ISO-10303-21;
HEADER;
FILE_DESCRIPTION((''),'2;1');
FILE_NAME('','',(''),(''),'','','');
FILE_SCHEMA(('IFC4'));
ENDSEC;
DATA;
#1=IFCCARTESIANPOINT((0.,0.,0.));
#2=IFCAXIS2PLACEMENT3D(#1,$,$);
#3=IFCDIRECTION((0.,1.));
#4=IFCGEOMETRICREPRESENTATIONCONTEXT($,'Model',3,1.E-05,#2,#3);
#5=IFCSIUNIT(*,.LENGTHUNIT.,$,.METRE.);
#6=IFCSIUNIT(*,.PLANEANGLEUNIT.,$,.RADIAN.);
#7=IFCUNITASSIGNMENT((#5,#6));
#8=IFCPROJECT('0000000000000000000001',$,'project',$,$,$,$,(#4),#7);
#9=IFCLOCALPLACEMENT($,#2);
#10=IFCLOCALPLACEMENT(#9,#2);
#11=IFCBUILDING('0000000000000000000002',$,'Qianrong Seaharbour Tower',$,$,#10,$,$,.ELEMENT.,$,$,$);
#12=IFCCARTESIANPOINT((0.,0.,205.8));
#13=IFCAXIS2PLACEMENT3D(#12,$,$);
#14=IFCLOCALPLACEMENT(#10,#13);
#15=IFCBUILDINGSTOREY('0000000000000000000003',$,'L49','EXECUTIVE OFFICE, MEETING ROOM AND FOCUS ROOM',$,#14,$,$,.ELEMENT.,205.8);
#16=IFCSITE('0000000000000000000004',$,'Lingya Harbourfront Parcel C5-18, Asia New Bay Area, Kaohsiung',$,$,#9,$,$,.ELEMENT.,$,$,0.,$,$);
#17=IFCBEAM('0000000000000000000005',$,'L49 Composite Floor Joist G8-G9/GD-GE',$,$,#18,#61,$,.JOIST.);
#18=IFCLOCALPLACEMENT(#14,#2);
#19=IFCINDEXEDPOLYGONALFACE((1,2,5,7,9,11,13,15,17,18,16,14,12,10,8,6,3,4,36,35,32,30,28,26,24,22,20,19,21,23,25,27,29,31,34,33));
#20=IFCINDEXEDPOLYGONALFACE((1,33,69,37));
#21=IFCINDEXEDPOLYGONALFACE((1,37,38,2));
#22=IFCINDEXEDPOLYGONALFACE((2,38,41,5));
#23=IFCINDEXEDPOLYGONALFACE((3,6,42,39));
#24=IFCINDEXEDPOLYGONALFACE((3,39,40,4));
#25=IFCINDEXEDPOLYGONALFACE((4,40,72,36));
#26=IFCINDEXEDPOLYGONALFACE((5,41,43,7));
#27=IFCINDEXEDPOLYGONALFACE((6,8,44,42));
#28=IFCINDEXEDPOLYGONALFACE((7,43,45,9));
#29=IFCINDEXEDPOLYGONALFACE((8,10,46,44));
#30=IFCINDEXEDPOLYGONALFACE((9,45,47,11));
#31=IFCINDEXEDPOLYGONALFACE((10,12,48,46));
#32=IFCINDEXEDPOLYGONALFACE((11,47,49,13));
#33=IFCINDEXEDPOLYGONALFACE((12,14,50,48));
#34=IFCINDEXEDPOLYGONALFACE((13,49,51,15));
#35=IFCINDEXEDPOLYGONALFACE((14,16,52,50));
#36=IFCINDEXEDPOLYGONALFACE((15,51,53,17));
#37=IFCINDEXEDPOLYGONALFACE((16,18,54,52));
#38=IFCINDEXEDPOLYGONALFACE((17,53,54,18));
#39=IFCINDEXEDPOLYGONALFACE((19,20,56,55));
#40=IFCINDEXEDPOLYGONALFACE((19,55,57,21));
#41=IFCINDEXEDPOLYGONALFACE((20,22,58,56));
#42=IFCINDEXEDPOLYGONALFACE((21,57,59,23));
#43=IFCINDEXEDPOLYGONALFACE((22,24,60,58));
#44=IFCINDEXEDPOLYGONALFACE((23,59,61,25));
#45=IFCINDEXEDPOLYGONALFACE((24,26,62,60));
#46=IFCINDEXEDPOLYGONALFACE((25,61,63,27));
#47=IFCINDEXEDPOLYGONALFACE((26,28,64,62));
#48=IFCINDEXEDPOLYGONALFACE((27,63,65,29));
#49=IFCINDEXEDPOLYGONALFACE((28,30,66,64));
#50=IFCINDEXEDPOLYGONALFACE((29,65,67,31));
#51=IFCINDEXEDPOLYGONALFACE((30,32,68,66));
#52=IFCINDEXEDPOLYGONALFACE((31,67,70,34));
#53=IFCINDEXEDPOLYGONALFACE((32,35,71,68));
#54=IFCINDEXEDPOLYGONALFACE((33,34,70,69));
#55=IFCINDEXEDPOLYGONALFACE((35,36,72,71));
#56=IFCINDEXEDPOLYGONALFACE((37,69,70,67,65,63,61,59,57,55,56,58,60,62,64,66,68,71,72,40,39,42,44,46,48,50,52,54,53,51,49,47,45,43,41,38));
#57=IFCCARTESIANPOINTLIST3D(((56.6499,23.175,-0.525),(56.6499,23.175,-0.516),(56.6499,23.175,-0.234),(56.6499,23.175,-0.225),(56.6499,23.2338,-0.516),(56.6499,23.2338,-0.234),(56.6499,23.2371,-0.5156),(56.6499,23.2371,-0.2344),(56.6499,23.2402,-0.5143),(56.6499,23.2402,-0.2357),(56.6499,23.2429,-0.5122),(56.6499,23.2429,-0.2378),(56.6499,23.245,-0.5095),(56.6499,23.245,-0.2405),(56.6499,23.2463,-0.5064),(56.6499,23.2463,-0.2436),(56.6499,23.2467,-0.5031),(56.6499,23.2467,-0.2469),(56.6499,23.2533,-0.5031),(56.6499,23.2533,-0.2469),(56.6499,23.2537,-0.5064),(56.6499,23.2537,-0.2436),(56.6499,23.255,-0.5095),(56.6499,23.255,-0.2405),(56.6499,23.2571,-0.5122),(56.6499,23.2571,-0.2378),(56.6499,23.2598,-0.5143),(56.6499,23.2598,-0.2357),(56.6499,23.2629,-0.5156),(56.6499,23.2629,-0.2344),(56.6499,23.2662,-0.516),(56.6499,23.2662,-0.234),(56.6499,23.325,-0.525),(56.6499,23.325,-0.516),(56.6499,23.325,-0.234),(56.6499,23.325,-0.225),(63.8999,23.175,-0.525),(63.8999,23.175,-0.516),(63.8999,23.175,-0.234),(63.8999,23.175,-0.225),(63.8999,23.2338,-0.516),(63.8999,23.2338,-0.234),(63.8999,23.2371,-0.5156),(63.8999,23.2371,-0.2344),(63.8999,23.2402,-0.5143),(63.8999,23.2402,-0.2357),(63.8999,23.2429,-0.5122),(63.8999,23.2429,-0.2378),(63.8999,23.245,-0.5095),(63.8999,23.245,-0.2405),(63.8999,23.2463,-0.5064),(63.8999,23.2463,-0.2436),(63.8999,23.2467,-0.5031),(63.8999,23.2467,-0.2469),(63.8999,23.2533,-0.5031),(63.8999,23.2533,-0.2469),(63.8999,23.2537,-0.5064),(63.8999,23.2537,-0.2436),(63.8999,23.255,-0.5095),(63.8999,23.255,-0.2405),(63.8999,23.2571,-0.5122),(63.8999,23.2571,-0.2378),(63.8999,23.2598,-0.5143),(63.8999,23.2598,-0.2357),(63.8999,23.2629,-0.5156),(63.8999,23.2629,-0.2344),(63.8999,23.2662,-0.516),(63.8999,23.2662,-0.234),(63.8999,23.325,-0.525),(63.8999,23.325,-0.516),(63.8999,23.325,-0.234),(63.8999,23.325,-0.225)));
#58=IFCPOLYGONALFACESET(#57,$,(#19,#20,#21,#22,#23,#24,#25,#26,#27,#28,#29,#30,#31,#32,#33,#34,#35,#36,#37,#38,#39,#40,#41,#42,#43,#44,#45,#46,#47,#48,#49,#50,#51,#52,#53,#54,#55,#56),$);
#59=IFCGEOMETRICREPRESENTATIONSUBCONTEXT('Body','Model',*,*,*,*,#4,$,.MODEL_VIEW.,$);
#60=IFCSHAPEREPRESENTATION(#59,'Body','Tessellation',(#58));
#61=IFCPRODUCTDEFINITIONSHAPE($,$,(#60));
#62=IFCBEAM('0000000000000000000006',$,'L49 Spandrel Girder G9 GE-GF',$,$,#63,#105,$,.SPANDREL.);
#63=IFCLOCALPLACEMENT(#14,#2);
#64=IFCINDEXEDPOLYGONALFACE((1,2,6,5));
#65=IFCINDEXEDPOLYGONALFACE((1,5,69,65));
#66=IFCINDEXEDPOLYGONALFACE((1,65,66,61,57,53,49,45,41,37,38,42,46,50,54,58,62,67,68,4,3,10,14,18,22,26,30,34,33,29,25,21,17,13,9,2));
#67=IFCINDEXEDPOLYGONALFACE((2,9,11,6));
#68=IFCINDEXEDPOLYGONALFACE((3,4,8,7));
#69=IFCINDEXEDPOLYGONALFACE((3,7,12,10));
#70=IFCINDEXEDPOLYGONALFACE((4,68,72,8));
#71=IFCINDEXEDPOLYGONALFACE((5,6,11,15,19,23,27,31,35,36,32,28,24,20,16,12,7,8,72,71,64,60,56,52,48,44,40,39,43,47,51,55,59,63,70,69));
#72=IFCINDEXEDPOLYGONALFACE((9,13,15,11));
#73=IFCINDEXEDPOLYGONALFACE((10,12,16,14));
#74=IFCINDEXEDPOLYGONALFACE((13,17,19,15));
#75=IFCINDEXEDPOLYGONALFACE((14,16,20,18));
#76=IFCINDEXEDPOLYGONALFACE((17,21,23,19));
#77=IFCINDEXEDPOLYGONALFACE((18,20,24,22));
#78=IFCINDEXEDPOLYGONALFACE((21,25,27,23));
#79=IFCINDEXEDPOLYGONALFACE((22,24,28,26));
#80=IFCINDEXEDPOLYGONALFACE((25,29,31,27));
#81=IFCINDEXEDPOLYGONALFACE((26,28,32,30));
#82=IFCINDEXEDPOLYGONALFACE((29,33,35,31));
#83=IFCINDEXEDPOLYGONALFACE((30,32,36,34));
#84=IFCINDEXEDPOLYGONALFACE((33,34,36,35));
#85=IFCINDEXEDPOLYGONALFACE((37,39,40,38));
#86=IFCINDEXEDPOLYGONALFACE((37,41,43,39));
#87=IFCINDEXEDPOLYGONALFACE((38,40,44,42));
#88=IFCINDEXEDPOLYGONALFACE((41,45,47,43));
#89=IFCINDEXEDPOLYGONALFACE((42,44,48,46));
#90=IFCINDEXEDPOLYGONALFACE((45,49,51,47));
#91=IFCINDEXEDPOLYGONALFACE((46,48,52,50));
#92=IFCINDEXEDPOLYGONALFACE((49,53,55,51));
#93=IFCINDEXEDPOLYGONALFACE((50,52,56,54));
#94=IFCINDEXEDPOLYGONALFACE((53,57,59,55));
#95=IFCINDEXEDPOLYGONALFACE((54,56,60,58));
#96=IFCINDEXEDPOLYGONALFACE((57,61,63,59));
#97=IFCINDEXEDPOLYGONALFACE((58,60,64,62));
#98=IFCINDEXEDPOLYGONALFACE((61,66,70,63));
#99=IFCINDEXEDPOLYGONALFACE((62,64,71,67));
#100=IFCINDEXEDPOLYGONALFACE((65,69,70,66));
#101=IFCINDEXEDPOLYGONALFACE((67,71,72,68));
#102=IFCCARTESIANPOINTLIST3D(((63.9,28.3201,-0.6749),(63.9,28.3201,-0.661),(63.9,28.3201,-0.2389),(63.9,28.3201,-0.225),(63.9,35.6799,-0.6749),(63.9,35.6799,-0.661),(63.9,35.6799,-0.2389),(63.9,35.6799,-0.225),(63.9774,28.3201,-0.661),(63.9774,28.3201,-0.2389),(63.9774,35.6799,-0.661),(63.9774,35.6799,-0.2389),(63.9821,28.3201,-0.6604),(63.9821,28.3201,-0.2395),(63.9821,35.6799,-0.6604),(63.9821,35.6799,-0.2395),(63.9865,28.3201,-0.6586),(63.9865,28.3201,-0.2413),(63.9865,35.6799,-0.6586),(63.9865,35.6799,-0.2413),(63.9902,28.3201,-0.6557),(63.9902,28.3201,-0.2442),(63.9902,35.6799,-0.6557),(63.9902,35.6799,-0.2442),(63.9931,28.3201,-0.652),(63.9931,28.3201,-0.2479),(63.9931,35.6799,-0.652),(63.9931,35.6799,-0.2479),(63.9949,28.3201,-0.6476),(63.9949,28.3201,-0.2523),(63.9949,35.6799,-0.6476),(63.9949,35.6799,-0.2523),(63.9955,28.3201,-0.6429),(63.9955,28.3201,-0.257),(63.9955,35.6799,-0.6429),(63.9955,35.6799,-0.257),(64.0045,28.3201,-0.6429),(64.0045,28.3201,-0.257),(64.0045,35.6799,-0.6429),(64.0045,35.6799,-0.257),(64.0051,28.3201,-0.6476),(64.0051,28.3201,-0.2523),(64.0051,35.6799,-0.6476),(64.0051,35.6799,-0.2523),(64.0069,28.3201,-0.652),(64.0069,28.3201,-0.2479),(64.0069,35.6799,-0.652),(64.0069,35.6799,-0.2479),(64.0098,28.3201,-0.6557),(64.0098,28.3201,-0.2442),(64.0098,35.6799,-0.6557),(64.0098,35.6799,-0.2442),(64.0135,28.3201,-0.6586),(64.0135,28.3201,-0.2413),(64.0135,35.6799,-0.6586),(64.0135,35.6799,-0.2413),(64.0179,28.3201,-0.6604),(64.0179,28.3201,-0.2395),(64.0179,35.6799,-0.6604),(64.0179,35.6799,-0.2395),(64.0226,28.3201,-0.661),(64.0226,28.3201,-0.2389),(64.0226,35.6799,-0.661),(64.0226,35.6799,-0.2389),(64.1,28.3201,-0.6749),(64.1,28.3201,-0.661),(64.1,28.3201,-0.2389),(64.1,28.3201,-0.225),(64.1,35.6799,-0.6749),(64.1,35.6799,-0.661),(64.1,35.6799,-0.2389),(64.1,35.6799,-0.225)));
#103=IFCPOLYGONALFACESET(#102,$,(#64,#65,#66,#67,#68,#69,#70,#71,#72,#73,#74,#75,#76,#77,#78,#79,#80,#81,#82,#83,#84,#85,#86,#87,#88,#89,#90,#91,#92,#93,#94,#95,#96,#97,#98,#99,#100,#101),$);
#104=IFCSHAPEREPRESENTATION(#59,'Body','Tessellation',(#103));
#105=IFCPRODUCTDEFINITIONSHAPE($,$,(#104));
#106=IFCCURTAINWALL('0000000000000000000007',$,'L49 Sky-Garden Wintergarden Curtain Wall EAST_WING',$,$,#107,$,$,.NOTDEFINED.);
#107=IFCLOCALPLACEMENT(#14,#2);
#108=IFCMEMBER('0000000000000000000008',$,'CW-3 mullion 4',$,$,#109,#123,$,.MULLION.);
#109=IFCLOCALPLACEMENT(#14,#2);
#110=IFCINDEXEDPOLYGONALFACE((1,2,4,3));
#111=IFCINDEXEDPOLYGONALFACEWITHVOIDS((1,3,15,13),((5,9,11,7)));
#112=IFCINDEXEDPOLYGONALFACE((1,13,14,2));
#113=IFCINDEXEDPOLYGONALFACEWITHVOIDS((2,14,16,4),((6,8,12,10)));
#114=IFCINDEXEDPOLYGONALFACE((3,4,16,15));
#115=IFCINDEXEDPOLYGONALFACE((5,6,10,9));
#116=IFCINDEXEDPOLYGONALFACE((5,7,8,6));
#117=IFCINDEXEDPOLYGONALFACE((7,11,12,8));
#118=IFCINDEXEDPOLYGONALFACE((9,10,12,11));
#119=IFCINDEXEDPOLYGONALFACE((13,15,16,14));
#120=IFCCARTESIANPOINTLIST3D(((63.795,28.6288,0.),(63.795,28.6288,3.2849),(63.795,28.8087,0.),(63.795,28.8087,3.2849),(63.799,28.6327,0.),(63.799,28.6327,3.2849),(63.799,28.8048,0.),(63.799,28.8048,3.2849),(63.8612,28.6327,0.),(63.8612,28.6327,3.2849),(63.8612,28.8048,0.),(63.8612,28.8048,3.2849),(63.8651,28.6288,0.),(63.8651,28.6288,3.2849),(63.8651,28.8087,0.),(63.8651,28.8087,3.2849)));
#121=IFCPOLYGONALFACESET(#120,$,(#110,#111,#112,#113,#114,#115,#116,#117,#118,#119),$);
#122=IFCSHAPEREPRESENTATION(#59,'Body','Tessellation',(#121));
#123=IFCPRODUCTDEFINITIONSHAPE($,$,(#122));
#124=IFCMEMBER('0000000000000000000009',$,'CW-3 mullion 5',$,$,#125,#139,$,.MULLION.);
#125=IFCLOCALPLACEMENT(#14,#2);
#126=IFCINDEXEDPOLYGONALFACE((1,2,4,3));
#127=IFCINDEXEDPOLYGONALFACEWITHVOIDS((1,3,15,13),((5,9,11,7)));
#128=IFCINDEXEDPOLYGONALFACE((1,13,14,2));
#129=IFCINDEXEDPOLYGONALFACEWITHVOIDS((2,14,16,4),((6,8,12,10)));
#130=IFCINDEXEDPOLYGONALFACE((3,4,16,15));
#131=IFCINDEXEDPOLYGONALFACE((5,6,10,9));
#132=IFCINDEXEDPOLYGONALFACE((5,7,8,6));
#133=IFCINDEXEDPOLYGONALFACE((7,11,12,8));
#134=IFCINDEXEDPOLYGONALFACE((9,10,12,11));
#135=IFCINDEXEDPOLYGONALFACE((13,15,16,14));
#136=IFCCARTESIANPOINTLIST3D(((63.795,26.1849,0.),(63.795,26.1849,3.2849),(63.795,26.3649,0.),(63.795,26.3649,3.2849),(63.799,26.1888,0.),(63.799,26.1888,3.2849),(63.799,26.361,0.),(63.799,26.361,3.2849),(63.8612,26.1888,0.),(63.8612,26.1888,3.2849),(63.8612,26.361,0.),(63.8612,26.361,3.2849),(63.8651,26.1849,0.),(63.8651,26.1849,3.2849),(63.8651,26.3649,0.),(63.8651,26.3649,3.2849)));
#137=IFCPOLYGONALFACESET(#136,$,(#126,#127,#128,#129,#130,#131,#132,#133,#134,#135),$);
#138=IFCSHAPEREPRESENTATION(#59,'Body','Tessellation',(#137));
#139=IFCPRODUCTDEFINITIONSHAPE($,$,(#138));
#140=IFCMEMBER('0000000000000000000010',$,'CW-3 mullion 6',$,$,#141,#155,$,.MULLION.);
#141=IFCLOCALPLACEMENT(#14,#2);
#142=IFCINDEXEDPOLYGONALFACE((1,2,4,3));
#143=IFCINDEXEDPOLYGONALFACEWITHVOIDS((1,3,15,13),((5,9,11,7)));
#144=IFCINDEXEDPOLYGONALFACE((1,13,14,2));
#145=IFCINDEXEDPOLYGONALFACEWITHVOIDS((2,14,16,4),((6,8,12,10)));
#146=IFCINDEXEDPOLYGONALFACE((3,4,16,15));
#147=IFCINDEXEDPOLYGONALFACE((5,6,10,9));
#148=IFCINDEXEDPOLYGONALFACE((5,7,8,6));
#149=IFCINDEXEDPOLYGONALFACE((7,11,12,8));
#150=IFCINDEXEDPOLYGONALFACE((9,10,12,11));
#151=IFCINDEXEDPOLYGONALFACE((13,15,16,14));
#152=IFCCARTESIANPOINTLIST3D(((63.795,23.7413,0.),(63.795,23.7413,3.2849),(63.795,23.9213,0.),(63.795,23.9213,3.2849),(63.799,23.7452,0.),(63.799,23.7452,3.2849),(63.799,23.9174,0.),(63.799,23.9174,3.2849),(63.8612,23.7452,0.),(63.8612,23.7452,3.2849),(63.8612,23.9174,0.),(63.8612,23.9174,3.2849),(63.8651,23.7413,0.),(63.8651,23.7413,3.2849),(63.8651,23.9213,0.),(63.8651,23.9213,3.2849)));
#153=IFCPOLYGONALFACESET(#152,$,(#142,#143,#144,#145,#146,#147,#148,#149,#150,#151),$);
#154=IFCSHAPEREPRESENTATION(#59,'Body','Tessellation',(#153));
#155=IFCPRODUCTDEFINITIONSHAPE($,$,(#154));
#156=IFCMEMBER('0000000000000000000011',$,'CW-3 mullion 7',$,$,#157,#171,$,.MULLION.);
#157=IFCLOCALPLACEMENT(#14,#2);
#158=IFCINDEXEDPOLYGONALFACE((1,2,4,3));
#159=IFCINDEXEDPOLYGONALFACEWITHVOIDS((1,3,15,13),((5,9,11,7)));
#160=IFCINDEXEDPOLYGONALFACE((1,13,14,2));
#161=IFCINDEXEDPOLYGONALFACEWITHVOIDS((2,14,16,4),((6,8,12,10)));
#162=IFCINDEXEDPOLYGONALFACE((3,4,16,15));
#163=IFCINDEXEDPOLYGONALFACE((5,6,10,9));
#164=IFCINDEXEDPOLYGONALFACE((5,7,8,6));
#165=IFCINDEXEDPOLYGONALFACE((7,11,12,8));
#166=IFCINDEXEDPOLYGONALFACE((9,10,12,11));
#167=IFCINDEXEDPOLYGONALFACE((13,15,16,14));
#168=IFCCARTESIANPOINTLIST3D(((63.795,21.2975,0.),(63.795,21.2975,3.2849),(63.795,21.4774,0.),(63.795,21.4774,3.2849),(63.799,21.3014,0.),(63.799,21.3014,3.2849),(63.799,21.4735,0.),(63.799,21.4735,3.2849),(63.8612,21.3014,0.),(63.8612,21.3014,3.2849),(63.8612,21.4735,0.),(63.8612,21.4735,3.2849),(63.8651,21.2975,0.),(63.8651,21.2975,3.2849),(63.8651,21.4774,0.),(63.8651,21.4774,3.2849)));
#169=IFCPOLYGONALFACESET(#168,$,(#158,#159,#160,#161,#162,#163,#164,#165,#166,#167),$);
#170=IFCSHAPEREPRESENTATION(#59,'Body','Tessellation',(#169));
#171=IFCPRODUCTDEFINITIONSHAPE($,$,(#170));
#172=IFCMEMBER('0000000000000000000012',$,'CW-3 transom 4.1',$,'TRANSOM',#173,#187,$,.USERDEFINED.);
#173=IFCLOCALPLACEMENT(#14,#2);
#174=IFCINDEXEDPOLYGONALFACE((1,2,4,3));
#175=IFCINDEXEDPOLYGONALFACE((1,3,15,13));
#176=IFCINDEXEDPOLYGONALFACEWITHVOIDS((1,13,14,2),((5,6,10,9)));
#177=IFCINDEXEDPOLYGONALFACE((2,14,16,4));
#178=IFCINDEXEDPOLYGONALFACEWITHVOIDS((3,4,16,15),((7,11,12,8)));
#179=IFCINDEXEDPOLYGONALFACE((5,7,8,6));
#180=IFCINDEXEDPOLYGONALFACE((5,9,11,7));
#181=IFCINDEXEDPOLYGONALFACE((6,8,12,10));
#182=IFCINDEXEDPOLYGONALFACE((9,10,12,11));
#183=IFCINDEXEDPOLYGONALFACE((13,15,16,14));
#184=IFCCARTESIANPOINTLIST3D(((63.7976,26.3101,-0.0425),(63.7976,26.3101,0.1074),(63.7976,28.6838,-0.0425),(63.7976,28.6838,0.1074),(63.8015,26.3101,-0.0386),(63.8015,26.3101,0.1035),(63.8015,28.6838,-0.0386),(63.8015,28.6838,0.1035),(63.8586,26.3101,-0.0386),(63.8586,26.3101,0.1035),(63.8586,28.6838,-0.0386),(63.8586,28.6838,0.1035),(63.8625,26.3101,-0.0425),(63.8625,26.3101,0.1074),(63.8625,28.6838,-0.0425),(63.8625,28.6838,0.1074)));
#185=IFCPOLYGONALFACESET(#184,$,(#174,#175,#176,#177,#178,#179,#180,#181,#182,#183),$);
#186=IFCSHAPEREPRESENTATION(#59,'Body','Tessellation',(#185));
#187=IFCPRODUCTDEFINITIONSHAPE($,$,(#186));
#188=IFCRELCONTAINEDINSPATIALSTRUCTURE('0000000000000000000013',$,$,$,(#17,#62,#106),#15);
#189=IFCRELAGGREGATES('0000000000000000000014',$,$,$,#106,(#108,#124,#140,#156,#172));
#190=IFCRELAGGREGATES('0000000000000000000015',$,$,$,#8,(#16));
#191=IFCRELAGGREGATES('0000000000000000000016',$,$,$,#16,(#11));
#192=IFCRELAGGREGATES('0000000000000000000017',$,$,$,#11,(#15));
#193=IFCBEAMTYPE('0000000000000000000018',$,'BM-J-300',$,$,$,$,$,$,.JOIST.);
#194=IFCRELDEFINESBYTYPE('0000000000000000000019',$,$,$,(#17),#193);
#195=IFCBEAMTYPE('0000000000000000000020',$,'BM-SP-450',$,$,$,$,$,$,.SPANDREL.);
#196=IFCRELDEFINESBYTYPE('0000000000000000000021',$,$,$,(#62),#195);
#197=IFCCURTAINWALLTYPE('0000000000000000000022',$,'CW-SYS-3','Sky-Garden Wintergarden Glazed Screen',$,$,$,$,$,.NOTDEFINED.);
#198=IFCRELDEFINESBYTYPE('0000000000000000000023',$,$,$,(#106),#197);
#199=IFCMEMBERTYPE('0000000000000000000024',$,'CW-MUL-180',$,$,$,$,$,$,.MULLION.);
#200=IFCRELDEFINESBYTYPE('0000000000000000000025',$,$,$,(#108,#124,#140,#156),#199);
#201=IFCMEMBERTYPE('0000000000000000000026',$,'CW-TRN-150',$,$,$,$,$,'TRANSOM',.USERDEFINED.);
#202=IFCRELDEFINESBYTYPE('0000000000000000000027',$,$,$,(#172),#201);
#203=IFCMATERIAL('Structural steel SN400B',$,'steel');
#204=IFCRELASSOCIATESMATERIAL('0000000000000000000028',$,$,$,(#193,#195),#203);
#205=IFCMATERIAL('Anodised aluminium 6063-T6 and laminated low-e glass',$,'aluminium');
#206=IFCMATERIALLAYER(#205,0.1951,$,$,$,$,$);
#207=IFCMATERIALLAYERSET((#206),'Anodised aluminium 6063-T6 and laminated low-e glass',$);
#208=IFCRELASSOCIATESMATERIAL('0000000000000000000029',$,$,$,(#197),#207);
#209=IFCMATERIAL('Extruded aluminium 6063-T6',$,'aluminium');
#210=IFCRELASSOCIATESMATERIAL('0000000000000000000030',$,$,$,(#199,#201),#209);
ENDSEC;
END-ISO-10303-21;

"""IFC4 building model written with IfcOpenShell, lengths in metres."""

from ifc_helpers import new_model, si_unit, direction, frame, origin, origin_2d, place, context, subcontext, project, spatial, hollow_rectangle, i_section, extrude, material, layer, layer_set, material_profile, profile_set, type_object, element, aggregate, save


model = new_model("IFC4")

# Units and contexts
model_context = context("Model", 3, precision=1e-05, world=origin(), true_north=direction((0.0, 1.0)))
body_context = subcontext(model_context, "Body", "Model", "MODEL_VIEW")
ifc_project = project(units=[si_unit("LENGTHUNIT", "METRE"), si_unit("PLANEANGLEUNIT", "RADIAN")], contexts=[model_context])

# Site, building, storey
site_placement = place(None, origin())
site = spatial("IfcSite", under=ifc_project, at=site_placement, Name="Lingya Harbourfront Parcel C5-18, Asia New Bay Area, Kaohsiung", CompositionType="ELEMENT", RefElevation=0.0)
building_placement = place(site_placement, origin())
building = spatial("IfcBuilding", under=site, at=building_placement, Name="Qianrong Seaharbour Tower", CompositionType="ELEMENT")
storey_placement = place(building_placement, frame((0.0, 0.0, 205.8)))
storey = spatial("IfcBuildingStorey", under=building, at=storey_placement, Name="L49", Description="EXECUTIVE OFFICE, MEETING ROOM AND FOCUS ROOM", CompositionType="ELEMENT", Elevation=205.8)

# Beams
ifc_material_1 = material(Name="Structural steel SN400B", Category="steel")
ifc_material_profile_1 = material_profile(ifc_material_1, i_section(OverallWidth=0.1499, OverallDepth=0.3, WebThickness=0.0066, FlangeThickness=0.009, FilletRadius=0.0129, at=origin_2d()), Name="H300x150x6.5x9")
ifc_profile_set_1 = profile_set([ifc_material_profile_1], Name="Structural steel SN400B")
beam_type_1 = type_object("IfcBeamType", Name="BM-J-300", PredefinedType="JOIST", material=ifc_profile_set_1)
beam_1_placement = place(storey_placement, frame((56.6499, 23.25, -0.375), z_axis=(1.0, 0.0, 0.0), x_axis=(0.0, 1.0, 0.0)))
element("IfcBeam", 1, at=beam_1_placement, inside=storey, type_object=beam_type_1, Name="L49 Composite Floor Joist G8-G9/GD-GE", PredefinedType="JOIST", context=body_context, shape_type="SweptSolid", body=[
    extrude(i_section(OverallWidth=0.1499, OverallDepth=0.3, WebThickness=0.0066, FlangeThickness=0.009, FilletRadius=0.0129, at=origin_2d()), origin(), (0.0, 0.0, 1.0), 7.25),
])
ifc_material_profile_2 = material_profile(ifc_material_1, i_section(OverallWidth=0.2, OverallDepth=0.45, WebThickness=0.009, FlangeThickness=0.0139, FilletRadius=0.0181, at=origin_2d()), Name="H450x200x9x14")
ifc_profile_set_2 = profile_set([ifc_material_profile_2], Name="Structural steel SN400B")
beam_type_2 = type_object("IfcBeamType", Name="BM-SP-450", PredefinedType="SPANDREL", material=ifc_profile_set_2)
beam_2_placement = place(storey_placement, frame((64.0, 28.3201, -0.45), z_axis=(0.0, 1.0, 0.0), x_axis=(-1.0, 0.0, 0.0)))
element("IfcBeam", 2, at=beam_2_placement, inside=storey, type_object=beam_type_2, Name="L49 Spandrel Girder G9 GE-GF", PredefinedType="SPANDREL", context=body_context, shape_type="SweptSolid", body=[
    extrude(i_section(OverallWidth=0.2, OverallDepth=0.45, WebThickness=0.009, FlangeThickness=0.0139, FilletRadius=0.0181, at=origin_2d()), origin(), (0.0, 0.0, 1.0), 7.3599),
])

# Curtain wall, members
ifc_material_2 = material(Name="Anodised aluminium 6063-T6 and laminated low-e glass", Category="aluminium")
ifc_layer_1 = layer(ifc_material_2, 0.1951)
ifc_layer_set_1 = layer_set([ifc_layer_1], Name="Anodised aluminium 6063-T6 and laminated low-e glass")
curtain_wall_type = type_object("IfcCurtainWallType", Name="CW-SYS-3", Description="Sky-Garden Wintergarden Glazed Screen", PredefinedType="NOTDEFINED", material=ifc_layer_set_1)
curtain_wall_placement = place(storey_placement, origin())
curtain_wall = element("IfcCurtainWall", 3, at=curtain_wall_placement, inside=storey, type_object=curtain_wall_type, Name="L49 Sky-Garden Wintergarden Curtain Wall EAST_WING", PredefinedType="NOTDEFINED")
ifc_material_3 = material(Name="Extruded aluminium 6063-T6", Category="aluminium")
ifc_material_profile_3 = material_profile(ifc_material_3, hollow_rectangle(XDim=0.0701, YDim=0.1799, WallThickness=0.0039, at=origin_2d()), Name="ALU-MUL-180x70x4")
ifc_profile_set_3 = profile_set([ifc_material_profile_3], Name="Extruded aluminium 6063-T6")
member_type_1 = type_object("IfcMemberType", Name="CW-MUL-180", PredefinedType="MULLION", material=ifc_profile_set_3)
member_1_placement = place(storey_placement, frame((63.8301, 28.7188, 0.0), z_axis=(0.0, 0.0, 1.0), x_axis=(1.0, 0.0, 0.0)))
member_1 = element("IfcMember", 4, at=member_1_placement, type_object=member_type_1, Name="CW-3 mullion 4", PredefinedType="MULLION", context=body_context, shape_type="SweptSolid", body=[
    extrude(hollow_rectangle(XDim=0.0701, YDim=0.1799, WallThickness=0.0039, at=origin_2d()), origin(), (0.0, 0.0, 1.0), 3.2849),
])
member_2_placement = place(storey_placement, frame((63.8301, 26.2749, 0.0), z_axis=(0.0, 0.0, 1.0), x_axis=(1.0, 0.0, 0.0)))
member_2 = element("IfcMember", 5, at=member_2_placement, type_object=member_type_1, Name="CW-3 mullion 5", PredefinedType="MULLION", context=body_context, shape_type="SweptSolid", body=[
    extrude(hollow_rectangle(XDim=0.0701, YDim=0.1799, WallThickness=0.0039, at=origin_2d()), origin(), (0.0, 0.0, 1.0), 3.2849),
])
member_3_placement = place(storey_placement, frame((63.8301, 23.8313, 0.0), z_axis=(0.0, 0.0, 1.0), x_axis=(1.0, 0.0, 0.0)))
member_3 = element("IfcMember", 6, at=member_3_placement, type_object=member_type_1, Name="CW-3 mullion 6", PredefinedType="MULLION", context=body_context, shape_type="SweptSolid", body=[
    extrude(hollow_rectangle(XDim=0.0701, YDim=0.1799, WallThickness=0.0039, at=origin_2d()), origin(), (0.0, 0.0, 1.0), 3.2849),
])
member_4_placement = place(storey_placement, frame((63.8301, 21.3875, 0.0), z_axis=(0.0, 0.0, 1.0), x_axis=(1.0, 0.0, 0.0)))
member_4 = element("IfcMember", 7, at=member_4_placement, type_object=member_type_1, Name="CW-3 mullion 7", PredefinedType="MULLION", context=body_context, shape_type="SweptSolid", body=[
    extrude(hollow_rectangle(XDim=0.0701, YDim=0.1799, WallThickness=0.0039, at=origin_2d()), origin(), (0.0, 0.0, 1.0), 3.2849),
])
ifc_material_profile_4 = material_profile(ifc_material_3, hollow_rectangle(XDim=0.0649, YDim=0.1499, WallThickness=0.0039, at=origin_2d()), Name="ALU-TRN-150x65x4")
ifc_profile_set_4 = profile_set([ifc_material_profile_4], Name="Extruded aluminium 6063-T6")
member_type_2 = type_object("IfcMemberType", Name="CW-TRN-150", ElementType="TRANSOM", PredefinedType="USERDEFINED", material=ifc_profile_set_4)
member_5_placement = place(storey_placement, frame((63.8301, 28.6838, 0.0325), z_axis=(0.0, -1.0, 0.0), x_axis=(1.0, 0.0, 0.0)))
member_5 = element("IfcMember", 8, at=member_5_placement, type_object=member_type_2, Name="CW-3 transom 4.1", ObjectType="TRANSOM", PredefinedType="USERDEFINED", context=body_context, shape_type="SweptSolid", body=[
    extrude(hollow_rectangle(XDim=0.0649, YDim=0.1499, WallThickness=0.0039, at=origin_2d()), origin(), (0.0, 0.0, 1.0), 2.3738),
])
aggregate(curtain_wall, [member_1, member_2, member_3, member_4, member_5])

save(model, "model.ifc")
